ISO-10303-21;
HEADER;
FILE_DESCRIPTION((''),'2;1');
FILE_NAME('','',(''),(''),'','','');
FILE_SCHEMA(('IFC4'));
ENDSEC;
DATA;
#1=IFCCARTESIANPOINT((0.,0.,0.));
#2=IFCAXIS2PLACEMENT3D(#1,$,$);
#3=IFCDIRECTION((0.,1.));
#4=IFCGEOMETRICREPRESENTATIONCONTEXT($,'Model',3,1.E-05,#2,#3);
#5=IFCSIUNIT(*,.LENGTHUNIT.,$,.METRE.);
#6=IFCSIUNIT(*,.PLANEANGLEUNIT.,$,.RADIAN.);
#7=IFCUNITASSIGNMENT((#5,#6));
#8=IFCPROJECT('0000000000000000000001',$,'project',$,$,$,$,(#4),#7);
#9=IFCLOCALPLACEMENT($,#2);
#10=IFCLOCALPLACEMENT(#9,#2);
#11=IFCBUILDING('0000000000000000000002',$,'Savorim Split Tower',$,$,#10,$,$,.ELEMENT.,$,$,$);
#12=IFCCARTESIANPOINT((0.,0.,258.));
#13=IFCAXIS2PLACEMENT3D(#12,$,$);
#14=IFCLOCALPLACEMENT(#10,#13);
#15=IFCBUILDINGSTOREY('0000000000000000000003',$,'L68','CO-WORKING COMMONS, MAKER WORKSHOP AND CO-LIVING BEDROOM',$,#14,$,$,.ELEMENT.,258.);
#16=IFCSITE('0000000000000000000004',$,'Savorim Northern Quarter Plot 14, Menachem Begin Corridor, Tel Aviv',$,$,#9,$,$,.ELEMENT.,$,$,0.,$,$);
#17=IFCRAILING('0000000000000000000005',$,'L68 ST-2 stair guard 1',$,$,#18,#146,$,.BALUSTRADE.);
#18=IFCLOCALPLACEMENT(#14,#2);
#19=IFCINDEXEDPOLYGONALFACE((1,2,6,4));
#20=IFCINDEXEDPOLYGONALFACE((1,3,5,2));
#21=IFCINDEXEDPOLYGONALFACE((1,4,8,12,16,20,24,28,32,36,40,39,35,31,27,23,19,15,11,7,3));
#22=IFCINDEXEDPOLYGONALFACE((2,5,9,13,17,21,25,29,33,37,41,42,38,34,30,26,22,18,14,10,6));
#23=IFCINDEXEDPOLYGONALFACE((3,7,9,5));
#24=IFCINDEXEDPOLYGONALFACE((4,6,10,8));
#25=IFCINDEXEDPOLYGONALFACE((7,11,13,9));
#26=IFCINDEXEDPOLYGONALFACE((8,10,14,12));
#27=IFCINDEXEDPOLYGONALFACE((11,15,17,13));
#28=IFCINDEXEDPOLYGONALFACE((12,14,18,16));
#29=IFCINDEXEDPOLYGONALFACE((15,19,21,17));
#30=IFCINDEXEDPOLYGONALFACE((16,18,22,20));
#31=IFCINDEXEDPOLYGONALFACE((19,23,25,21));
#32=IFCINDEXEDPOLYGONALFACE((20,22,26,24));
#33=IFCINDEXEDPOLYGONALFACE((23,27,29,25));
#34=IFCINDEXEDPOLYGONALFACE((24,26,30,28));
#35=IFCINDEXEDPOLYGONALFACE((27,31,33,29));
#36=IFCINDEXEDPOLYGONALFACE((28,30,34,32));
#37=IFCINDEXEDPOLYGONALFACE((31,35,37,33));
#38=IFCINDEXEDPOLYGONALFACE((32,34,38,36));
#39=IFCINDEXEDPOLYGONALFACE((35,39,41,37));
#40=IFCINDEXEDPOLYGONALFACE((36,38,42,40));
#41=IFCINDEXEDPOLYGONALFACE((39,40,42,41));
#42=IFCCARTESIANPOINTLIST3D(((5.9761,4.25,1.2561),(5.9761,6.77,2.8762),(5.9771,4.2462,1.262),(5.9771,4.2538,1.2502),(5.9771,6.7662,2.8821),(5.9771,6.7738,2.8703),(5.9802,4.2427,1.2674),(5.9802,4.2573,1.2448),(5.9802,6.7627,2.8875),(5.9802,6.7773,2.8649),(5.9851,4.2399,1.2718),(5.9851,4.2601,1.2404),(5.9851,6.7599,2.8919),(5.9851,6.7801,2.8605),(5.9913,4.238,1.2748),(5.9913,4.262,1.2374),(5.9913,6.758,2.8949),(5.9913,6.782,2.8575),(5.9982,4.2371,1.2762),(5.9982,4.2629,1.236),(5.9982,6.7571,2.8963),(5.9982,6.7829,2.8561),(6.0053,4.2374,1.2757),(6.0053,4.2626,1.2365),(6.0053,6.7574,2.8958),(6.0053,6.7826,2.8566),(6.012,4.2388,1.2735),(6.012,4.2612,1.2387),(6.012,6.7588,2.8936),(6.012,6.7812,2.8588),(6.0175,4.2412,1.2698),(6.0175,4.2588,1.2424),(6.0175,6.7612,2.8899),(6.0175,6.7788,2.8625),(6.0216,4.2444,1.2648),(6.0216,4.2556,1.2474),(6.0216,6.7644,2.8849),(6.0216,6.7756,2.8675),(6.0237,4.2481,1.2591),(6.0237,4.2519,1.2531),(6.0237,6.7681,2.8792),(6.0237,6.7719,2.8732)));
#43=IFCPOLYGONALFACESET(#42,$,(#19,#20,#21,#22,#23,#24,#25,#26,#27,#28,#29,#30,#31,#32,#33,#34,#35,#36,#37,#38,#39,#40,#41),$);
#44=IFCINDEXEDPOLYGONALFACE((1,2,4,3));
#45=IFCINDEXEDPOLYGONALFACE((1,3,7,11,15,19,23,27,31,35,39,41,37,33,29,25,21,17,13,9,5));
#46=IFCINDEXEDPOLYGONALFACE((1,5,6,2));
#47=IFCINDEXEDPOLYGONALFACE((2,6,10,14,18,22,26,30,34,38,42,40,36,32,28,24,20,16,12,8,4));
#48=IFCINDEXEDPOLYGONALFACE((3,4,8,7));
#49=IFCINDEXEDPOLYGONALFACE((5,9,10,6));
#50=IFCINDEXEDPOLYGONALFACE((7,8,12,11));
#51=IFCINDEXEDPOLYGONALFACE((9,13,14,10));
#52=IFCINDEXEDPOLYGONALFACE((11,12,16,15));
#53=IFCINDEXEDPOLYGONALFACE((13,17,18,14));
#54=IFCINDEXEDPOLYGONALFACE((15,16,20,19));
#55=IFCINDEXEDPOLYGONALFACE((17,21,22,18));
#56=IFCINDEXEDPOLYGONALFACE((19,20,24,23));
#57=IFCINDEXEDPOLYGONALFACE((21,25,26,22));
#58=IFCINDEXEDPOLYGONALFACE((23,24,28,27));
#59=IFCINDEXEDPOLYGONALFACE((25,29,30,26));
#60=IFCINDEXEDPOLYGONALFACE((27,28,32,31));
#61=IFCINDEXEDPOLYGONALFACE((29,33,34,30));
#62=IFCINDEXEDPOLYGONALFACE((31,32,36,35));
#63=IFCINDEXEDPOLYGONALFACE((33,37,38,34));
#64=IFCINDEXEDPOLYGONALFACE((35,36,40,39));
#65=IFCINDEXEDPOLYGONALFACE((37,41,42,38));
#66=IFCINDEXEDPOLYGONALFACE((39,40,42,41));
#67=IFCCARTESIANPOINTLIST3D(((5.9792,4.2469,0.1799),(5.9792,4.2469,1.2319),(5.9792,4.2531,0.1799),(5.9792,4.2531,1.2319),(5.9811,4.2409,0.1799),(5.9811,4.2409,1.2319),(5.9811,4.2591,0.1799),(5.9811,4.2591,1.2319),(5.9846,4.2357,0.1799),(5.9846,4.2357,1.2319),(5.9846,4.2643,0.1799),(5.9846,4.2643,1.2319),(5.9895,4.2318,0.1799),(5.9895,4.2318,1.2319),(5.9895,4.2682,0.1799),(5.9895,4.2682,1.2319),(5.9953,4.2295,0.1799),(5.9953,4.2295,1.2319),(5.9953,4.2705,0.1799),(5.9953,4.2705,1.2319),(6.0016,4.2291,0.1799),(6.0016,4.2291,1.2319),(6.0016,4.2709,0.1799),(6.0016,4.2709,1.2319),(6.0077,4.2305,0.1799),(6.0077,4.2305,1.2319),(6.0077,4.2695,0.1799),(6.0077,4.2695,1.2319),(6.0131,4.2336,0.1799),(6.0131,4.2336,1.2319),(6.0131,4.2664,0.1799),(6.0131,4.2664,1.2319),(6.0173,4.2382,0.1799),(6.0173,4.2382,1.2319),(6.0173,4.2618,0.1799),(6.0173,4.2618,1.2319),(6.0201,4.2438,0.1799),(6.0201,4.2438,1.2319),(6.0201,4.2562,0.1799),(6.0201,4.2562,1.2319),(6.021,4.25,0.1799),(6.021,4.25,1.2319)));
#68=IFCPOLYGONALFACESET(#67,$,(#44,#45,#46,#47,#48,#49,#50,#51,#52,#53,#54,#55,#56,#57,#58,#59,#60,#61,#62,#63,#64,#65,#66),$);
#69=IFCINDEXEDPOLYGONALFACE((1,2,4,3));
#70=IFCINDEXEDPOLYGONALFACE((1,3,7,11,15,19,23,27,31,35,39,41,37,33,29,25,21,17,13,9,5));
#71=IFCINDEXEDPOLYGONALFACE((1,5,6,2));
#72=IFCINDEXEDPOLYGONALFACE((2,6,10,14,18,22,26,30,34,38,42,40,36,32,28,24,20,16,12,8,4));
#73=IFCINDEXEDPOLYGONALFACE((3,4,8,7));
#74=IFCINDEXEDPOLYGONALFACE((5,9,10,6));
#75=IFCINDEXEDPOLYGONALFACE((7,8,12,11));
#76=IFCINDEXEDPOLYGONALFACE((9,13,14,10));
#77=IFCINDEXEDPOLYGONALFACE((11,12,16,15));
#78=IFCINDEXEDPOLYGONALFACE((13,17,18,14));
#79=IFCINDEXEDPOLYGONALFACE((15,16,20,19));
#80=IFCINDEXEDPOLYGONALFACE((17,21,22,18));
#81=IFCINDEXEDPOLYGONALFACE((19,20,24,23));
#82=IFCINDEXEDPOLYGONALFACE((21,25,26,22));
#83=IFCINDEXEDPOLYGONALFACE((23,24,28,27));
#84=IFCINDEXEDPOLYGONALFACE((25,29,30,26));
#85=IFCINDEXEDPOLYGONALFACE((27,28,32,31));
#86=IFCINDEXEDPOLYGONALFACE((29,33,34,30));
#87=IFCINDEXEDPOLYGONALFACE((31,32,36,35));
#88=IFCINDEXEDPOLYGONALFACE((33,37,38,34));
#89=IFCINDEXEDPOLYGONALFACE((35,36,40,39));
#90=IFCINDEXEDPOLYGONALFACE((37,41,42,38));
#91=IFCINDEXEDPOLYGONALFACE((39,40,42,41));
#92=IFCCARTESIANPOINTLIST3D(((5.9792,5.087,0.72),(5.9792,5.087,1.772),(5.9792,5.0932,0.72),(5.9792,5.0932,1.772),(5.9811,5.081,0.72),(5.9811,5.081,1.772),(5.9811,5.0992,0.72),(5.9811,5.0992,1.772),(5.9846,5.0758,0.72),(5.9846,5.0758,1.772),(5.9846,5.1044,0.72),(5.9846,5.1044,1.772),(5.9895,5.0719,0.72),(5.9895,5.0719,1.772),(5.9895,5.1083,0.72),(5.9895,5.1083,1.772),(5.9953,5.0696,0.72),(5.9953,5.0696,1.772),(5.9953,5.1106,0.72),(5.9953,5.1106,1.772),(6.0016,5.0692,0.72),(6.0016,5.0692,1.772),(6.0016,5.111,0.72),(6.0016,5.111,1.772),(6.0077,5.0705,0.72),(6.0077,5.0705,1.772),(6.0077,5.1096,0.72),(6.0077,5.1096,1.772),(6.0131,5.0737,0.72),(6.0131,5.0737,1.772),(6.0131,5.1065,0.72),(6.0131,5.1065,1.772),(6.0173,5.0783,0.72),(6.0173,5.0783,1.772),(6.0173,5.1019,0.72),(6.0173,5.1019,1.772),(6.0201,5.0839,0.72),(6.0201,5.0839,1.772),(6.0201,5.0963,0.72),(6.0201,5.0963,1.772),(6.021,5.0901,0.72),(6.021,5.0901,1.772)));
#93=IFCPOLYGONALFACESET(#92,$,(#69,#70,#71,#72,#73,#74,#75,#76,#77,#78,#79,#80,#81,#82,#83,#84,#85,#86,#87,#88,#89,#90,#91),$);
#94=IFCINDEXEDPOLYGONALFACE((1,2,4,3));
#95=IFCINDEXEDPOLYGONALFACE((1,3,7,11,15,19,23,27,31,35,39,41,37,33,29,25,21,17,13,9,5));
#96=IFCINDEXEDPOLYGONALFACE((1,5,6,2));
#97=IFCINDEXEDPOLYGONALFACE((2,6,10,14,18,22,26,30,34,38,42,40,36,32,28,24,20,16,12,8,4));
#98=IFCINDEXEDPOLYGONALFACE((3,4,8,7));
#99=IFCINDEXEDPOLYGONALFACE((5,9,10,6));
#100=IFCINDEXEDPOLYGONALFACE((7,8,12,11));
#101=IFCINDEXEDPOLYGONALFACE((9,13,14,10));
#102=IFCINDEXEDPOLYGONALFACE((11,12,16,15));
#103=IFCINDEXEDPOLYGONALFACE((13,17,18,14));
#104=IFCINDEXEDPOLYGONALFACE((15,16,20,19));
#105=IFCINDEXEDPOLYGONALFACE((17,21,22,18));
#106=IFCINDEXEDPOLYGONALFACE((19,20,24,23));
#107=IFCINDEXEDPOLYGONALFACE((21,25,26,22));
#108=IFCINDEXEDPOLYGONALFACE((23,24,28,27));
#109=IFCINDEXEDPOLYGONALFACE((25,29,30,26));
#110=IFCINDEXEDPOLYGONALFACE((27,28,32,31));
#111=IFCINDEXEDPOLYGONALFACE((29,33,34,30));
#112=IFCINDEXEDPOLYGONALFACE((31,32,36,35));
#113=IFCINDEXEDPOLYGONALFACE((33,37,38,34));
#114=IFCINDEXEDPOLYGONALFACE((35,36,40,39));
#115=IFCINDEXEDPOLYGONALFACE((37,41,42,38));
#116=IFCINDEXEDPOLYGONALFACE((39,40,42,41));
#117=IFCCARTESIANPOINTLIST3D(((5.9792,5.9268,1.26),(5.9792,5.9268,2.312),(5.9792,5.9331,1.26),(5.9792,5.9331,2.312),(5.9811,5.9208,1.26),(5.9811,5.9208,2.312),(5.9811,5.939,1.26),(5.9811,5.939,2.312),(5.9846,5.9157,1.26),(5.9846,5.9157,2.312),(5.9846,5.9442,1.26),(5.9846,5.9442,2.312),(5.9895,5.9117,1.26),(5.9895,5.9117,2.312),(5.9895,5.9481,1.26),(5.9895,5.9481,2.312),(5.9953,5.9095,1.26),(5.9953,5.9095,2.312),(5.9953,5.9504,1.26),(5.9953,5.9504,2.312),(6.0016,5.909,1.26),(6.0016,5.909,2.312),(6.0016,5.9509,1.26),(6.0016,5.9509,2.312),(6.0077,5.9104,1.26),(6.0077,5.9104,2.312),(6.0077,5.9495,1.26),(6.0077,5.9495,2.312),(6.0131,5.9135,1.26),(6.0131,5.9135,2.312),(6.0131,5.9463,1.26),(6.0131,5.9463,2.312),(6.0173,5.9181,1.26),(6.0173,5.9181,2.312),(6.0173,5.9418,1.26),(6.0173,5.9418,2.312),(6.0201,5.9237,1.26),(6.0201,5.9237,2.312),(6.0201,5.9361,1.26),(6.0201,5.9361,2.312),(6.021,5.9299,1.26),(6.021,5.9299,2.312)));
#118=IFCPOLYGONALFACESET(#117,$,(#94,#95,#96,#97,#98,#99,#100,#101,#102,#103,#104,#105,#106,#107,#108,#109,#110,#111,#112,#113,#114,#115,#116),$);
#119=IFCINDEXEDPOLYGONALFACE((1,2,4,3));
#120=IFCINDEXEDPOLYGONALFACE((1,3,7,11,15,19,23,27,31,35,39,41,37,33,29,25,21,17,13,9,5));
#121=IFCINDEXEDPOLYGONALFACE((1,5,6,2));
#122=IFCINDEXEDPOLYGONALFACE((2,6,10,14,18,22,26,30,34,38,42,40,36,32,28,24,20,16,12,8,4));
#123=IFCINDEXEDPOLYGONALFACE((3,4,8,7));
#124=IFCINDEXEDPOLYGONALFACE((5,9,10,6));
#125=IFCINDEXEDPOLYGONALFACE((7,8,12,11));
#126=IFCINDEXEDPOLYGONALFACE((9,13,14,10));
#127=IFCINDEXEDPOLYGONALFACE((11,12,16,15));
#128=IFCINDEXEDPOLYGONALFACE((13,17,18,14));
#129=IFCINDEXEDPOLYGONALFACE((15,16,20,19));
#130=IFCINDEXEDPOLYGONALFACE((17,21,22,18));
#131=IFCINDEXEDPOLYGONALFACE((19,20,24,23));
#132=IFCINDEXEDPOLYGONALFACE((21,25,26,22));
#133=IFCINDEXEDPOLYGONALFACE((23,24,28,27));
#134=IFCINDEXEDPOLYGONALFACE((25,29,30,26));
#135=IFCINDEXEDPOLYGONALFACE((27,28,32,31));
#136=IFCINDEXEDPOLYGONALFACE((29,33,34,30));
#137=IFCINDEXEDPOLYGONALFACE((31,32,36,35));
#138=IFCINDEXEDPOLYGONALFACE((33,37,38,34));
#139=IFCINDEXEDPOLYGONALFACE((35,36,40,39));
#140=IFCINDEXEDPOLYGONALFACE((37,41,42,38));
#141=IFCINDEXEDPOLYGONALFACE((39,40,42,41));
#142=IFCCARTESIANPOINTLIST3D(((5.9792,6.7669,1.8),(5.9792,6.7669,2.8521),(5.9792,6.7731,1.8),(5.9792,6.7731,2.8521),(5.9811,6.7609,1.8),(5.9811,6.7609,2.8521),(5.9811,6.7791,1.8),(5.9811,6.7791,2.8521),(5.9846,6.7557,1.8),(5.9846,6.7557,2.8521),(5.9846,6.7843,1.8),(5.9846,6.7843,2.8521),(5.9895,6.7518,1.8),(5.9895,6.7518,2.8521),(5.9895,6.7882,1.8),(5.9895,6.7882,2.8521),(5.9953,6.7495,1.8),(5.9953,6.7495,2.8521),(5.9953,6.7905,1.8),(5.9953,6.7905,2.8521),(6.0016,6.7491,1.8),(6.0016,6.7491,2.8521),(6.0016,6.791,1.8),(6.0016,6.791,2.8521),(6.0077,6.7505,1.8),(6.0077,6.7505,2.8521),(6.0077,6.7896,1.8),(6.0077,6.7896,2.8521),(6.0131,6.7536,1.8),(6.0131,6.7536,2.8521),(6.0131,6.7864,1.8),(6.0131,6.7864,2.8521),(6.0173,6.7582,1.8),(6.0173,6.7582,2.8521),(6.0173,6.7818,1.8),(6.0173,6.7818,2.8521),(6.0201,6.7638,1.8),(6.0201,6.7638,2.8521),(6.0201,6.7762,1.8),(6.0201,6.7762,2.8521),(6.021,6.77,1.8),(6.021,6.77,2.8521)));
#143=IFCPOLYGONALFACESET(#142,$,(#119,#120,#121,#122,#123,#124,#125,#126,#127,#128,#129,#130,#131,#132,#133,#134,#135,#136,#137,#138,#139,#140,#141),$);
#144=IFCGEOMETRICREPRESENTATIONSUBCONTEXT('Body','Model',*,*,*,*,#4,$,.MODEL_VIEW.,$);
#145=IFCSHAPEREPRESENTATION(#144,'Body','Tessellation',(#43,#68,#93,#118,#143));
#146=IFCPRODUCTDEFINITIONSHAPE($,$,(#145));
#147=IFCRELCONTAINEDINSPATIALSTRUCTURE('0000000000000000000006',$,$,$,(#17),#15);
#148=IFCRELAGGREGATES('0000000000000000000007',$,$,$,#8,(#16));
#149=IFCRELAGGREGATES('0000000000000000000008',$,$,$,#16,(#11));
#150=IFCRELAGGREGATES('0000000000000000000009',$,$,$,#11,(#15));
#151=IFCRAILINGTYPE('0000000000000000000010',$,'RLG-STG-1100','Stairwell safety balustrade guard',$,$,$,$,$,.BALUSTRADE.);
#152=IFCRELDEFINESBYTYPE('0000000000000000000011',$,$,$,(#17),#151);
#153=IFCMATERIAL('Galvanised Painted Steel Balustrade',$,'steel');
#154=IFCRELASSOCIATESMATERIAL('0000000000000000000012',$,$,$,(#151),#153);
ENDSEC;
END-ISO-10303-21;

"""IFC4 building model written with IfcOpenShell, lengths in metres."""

from ifc_helpers import new_model, si_unit, direction, frame, origin, origin_2d, place, context, subcontext, project, spatial, circle, extrude, material, type_object, element, save


model = new_model("IFC4")

# Units and contexts
model_context = context("Model", 3, precision=1e-05, world=origin(), true_north=direction((0.0, 1.0)))
body_context = subcontext(model_context, "Body", "Model", "MODEL_VIEW")
ifc_project = project(units=[si_unit("LENGTHUNIT", "METRE"), si_unit("PLANEANGLEUNIT", "RADIAN")], contexts=[model_context])

# Site, building, storey
site_placement = place(None, origin())
site = spatial("IfcSite", under=ifc_project, at=site_placement, Name="Savorim Northern Quarter Plot 14, Menachem Begin Corridor, Tel Aviv", CompositionType="ELEMENT", RefElevation=0.0)
building_placement = place(site_placement, origin())
building = spatial("IfcBuilding", under=site, at=building_placement, Name="Savorim Split Tower", CompositionType="ELEMENT")
storey_placement = place(building_placement, frame((0.0, 0.0, 258.0)))
storey = spatial("IfcBuildingStorey", under=building, at=storey_placement, Name="L68", Description="CO-WORKING COMMONS, MAKER WORKSHOP AND CO-LIVING BEDROOM", CompositionType="ELEMENT", Elevation=258.0)

# Railing
ifc_material_1 = material(Name="Galvanised Painted Steel Balustrade", Category="steel")
railing_type_1 = type_object("IfcRailingType", Name="RLG-STG-1100", Description="Stairwell safety balustrade guard", PredefinedType="BALUSTRADE", material=ifc_material_1)
railing_1_placement = place(storey_placement, frame((6.0, 4.25, 0.1799)))
element("IfcRailing", 1, at=railing_1_placement, inside=storey, type_object=railing_type_1, Name="L68 ST-2 stair guard 1", PredefinedType="BALUSTRADE", context=body_context, shape_type="SweptSolid", body=[
    extrude(circle(Radius=0.0239, at=origin_2d()), frame((0.0, 0.0, 1.0762), z_axis=(0.0, 0.841163, 0.540782), x_axis=(-1.0, 0.0, 0.0)), (0.0, 0.0, 1.0), 2.9958),
    extrude(circle(Radius=0.021, at=origin_2d()), origin(), (0.0, 0.0, 1.0), 1.052),
    extrude(circle(Radius=0.021, at=origin_2d()), frame((0.0, 0.8401, 0.54)), (0.0, 0.0, 1.0), 1.052),
    extrude(circle(Radius=0.021, at=origin_2d()), frame((0.0, 1.6799, 1.0801)), (0.0, 0.0, 1.0), 1.052),
    extrude(circle(Radius=0.021, at=origin_2d()), frame((0.0, 2.52, 1.6201)), (0.0, 0.0, 1.0), 1.052),
])

save(model, "model.ifc")
